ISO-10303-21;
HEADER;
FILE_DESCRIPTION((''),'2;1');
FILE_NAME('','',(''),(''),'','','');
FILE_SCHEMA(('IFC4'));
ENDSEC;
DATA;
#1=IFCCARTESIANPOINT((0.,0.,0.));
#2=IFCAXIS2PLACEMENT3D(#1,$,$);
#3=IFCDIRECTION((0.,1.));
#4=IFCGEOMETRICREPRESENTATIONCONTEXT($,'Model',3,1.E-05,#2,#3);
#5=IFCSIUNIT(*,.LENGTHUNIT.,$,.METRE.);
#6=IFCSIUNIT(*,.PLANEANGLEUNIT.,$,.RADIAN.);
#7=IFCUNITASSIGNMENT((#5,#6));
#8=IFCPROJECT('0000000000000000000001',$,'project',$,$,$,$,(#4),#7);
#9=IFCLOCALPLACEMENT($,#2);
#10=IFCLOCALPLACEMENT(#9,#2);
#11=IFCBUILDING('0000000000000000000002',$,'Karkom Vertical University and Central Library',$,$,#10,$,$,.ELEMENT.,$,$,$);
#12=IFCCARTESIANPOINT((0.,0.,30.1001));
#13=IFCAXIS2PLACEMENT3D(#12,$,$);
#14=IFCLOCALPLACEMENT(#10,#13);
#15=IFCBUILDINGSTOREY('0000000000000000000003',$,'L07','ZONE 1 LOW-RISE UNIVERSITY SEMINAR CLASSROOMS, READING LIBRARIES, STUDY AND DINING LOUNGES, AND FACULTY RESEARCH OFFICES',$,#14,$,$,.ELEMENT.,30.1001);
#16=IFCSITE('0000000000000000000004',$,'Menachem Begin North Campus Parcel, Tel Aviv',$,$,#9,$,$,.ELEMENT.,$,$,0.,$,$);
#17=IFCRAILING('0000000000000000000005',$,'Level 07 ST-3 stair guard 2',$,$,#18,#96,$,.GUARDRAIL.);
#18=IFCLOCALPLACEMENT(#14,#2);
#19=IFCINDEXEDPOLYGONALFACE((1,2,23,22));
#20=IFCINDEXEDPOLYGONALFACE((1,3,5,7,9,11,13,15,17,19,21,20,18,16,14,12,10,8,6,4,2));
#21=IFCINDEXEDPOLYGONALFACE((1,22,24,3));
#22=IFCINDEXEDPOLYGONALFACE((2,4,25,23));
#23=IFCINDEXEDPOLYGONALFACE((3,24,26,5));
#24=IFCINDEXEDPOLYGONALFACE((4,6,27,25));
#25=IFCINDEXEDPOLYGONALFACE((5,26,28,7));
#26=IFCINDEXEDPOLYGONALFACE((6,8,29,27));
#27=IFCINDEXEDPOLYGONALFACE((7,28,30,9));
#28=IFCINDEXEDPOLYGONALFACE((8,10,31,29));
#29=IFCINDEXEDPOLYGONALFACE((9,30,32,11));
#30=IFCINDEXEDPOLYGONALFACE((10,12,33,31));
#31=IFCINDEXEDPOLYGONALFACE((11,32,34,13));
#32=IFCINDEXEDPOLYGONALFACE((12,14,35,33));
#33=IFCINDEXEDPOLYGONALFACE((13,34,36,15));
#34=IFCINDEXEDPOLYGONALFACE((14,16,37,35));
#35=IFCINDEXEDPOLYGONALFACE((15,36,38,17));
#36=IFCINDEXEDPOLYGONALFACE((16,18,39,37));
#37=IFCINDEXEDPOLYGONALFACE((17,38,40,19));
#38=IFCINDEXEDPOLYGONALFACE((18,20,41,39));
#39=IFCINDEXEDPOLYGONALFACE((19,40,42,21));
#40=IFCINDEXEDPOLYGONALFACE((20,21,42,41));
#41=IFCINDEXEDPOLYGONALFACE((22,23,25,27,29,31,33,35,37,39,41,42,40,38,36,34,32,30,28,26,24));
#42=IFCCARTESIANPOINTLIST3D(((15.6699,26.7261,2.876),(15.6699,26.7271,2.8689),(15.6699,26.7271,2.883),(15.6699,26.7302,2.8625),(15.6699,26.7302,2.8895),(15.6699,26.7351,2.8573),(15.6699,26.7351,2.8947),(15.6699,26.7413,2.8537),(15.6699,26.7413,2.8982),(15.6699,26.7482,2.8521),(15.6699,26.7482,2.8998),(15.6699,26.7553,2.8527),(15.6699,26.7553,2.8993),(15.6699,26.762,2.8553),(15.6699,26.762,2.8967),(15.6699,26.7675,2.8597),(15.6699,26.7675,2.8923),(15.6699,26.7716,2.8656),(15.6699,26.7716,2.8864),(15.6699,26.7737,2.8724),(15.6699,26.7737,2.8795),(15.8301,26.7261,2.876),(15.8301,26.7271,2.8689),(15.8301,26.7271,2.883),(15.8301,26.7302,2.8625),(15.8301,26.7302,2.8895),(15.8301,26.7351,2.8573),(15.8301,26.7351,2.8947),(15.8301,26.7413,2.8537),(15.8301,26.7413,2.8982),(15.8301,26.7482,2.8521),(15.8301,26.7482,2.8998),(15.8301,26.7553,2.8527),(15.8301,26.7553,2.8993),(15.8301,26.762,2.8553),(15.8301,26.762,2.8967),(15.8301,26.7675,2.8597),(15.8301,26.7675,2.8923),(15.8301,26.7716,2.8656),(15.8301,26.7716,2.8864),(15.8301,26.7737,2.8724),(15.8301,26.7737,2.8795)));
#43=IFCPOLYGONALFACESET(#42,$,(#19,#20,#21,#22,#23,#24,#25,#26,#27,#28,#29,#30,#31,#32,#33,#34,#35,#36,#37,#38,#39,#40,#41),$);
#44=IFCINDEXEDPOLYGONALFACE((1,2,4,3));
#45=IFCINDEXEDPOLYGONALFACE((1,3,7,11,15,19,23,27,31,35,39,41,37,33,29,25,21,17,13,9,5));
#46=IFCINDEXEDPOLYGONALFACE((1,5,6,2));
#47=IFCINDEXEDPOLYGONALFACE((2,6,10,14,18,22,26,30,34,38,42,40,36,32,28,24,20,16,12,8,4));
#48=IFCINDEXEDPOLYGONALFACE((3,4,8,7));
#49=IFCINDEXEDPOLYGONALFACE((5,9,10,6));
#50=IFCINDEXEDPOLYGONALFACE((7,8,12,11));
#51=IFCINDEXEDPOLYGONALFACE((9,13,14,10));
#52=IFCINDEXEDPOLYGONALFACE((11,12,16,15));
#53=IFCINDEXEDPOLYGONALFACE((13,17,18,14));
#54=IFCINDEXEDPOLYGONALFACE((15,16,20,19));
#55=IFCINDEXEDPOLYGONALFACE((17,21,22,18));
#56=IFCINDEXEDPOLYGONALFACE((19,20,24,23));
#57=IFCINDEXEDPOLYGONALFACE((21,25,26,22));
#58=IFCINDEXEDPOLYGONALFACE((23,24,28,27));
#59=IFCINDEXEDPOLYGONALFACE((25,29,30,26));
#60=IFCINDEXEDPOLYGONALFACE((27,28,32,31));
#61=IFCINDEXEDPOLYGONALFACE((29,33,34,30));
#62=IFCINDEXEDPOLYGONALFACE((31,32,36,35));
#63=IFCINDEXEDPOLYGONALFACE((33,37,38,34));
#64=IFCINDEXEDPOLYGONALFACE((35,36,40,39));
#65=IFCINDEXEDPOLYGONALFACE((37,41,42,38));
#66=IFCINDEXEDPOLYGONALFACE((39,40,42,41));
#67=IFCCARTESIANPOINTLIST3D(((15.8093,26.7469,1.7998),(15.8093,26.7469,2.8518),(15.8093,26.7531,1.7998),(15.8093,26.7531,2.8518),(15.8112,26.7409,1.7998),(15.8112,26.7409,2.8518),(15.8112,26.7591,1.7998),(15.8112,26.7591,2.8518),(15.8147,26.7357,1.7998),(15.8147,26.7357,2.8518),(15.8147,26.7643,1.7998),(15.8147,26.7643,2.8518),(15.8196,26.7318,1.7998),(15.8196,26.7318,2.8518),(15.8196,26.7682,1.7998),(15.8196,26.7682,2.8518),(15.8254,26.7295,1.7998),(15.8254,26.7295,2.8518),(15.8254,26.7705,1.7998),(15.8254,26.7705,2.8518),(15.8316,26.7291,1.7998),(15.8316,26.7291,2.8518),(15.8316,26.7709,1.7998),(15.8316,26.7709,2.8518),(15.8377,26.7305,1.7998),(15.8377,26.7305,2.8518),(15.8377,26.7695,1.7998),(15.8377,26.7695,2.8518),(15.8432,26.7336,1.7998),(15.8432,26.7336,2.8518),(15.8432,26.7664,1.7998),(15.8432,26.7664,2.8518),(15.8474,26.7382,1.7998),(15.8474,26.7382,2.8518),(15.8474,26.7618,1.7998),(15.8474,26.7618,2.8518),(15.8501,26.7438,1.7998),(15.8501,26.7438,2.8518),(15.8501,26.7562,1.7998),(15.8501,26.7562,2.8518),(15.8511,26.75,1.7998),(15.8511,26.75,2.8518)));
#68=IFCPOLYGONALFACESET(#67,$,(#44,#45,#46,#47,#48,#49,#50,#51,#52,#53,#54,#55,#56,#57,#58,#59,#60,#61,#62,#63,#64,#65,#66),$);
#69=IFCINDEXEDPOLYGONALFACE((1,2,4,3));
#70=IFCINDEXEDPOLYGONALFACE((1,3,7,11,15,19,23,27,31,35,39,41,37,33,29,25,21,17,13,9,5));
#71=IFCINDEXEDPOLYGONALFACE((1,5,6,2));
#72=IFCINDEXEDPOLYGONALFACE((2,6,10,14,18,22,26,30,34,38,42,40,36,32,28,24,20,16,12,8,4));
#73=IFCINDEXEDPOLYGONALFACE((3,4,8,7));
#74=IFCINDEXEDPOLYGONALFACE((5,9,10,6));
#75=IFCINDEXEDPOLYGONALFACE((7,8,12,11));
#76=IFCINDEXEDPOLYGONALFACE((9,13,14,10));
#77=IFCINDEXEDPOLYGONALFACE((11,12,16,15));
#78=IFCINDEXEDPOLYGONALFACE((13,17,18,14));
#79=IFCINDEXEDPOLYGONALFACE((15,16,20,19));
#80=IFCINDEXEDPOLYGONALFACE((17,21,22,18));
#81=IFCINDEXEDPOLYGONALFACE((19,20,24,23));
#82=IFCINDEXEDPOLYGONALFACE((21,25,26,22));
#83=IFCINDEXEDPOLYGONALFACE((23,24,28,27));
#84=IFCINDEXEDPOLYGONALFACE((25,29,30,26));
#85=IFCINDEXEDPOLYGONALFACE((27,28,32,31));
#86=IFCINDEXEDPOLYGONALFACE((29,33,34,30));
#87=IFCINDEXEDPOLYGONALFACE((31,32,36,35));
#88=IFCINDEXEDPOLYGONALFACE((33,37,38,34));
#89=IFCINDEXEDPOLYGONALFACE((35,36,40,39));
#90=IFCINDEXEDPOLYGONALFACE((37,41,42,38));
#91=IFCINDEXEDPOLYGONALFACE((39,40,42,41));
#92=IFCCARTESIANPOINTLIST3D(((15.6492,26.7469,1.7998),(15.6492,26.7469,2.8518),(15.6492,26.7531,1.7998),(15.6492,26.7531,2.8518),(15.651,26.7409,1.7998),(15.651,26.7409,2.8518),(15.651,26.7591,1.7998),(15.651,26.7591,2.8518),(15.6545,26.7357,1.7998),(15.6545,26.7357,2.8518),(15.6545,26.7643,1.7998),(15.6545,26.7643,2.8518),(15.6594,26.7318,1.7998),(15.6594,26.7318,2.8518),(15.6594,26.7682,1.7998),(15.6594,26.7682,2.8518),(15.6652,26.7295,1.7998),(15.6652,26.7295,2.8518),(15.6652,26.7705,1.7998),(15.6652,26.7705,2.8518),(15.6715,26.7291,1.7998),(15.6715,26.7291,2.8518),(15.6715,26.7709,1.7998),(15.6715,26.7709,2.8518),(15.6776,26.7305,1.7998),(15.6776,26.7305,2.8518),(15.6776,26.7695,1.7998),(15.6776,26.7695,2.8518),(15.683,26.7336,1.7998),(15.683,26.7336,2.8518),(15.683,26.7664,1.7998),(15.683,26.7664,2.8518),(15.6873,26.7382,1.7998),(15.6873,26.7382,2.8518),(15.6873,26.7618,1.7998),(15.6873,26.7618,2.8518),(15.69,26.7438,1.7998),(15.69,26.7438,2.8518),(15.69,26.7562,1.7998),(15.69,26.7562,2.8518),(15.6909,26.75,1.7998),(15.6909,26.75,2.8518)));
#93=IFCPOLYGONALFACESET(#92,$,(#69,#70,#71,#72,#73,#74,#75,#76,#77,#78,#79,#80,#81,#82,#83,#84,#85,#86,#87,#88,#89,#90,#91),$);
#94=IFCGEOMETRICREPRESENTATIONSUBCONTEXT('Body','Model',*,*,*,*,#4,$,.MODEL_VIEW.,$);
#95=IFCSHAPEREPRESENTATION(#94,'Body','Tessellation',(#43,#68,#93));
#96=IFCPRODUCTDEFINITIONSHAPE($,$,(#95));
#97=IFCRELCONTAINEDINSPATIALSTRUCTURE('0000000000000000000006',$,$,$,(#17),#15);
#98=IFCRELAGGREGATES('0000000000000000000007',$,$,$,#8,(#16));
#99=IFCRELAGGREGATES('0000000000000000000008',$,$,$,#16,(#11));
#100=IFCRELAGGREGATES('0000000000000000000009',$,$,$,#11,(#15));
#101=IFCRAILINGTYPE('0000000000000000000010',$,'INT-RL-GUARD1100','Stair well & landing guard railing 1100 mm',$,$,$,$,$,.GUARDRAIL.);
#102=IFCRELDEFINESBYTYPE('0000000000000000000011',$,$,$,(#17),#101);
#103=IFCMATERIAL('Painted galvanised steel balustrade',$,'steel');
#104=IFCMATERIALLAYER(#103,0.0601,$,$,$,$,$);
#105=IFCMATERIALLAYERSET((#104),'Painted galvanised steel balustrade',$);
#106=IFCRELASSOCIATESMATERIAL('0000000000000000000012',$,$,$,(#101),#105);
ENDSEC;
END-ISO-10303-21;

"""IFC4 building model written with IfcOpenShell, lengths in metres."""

from ifc_helpers import new_model, si_unit, direction, frame, origin, origin_2d, place, context, subcontext, project, spatial, circle, extrude, material, layer, layer_set, type_object, element, save


model = new_model("IFC4")

# Units and contexts
model_context = context("Model", 3, precision=1e-05, world=origin(), true_north=direction((0.0, 1.0)))
body_context = subcontext(model_context, "Body", "Model", "MODEL_VIEW")
ifc_project = project(units=[si_unit("LENGTHUNIT", "METRE"), si_unit("PLANEANGLEUNIT", "RADIAN")], contexts=[model_context])

# Site, building, storey
site_placement = place(None, origin())
site = spatial("IfcSite", under=ifc_project, at=site_placement, Name="Menachem Begin North Campus Parcel, Tel Aviv", CompositionType="ELEMENT", RefElevation=0.0)
building_placement = place(site_placement, origin())
building = spatial("IfcBuilding", under=site, at=building_placement, Name="Karkom Vertical University and Central Library", CompositionType="ELEMENT")
storey_placement = place(building_placement, frame((0.0, 0.0, 30.1001)))
storey = spatial("IfcBuildingStorey", under=building, at=storey_placement, Name="L07", Description="ZONE 1 LOW-RISE UNIVERSITY SEMINAR CLASSROOMS, READING LIBRARIES, STUDY AND DINING LOUNGES, AND FACULTY RESEARCH OFFICES", CompositionType="ELEMENT", Elevation=30.1001)

# Railing
ifc_material_1 = material(Name="Painted galvanised steel balustrade", Category="steel")
ifc_layer_1 = layer(ifc_material_1, 0.0601)
ifc_layer_set_1 = layer_set([ifc_layer_1], Name="Painted galvanised steel balustrade")
railing_type_1 = type_object("IfcRailingType", Name="INT-RL-GUARD1100", Description="Stair well & landing guard railing 1100 mm", PredefinedType="GUARDRAIL", material=ifc_layer_set_1)
railing_1_placement = place(storey_placement, frame((15.8301, 26.75, 1.7998)))
element("IfcRailing", 1, at=railing_1_placement, inside=storey, type_object=railing_type_1, Name="Level 07 ST-3 stair guard 2", PredefinedType="GUARDRAIL", context=body_context, shape_type="SweptSolid", body=[
    extrude(circle(Radius=0.0239, at=origin_2d()), frame((0.0, 0.0, 1.0762), z_axis=(-1.0, 0.0, 0.0), x_axis=(0.0, -1.0, 0.0)), (0.0, 0.0, 1.0), 0.1602),
    extrude(circle(Radius=0.021, at=origin_2d()), origin(), (0.0, 0.0, 1.0), 1.052),
    extrude(circle(Radius=0.021, at=origin_2d()), frame((-0.1602, 0.0, 0.0)), (0.0, 0.0, 1.0), 1.052),
])

save(model, "model.ifc")
